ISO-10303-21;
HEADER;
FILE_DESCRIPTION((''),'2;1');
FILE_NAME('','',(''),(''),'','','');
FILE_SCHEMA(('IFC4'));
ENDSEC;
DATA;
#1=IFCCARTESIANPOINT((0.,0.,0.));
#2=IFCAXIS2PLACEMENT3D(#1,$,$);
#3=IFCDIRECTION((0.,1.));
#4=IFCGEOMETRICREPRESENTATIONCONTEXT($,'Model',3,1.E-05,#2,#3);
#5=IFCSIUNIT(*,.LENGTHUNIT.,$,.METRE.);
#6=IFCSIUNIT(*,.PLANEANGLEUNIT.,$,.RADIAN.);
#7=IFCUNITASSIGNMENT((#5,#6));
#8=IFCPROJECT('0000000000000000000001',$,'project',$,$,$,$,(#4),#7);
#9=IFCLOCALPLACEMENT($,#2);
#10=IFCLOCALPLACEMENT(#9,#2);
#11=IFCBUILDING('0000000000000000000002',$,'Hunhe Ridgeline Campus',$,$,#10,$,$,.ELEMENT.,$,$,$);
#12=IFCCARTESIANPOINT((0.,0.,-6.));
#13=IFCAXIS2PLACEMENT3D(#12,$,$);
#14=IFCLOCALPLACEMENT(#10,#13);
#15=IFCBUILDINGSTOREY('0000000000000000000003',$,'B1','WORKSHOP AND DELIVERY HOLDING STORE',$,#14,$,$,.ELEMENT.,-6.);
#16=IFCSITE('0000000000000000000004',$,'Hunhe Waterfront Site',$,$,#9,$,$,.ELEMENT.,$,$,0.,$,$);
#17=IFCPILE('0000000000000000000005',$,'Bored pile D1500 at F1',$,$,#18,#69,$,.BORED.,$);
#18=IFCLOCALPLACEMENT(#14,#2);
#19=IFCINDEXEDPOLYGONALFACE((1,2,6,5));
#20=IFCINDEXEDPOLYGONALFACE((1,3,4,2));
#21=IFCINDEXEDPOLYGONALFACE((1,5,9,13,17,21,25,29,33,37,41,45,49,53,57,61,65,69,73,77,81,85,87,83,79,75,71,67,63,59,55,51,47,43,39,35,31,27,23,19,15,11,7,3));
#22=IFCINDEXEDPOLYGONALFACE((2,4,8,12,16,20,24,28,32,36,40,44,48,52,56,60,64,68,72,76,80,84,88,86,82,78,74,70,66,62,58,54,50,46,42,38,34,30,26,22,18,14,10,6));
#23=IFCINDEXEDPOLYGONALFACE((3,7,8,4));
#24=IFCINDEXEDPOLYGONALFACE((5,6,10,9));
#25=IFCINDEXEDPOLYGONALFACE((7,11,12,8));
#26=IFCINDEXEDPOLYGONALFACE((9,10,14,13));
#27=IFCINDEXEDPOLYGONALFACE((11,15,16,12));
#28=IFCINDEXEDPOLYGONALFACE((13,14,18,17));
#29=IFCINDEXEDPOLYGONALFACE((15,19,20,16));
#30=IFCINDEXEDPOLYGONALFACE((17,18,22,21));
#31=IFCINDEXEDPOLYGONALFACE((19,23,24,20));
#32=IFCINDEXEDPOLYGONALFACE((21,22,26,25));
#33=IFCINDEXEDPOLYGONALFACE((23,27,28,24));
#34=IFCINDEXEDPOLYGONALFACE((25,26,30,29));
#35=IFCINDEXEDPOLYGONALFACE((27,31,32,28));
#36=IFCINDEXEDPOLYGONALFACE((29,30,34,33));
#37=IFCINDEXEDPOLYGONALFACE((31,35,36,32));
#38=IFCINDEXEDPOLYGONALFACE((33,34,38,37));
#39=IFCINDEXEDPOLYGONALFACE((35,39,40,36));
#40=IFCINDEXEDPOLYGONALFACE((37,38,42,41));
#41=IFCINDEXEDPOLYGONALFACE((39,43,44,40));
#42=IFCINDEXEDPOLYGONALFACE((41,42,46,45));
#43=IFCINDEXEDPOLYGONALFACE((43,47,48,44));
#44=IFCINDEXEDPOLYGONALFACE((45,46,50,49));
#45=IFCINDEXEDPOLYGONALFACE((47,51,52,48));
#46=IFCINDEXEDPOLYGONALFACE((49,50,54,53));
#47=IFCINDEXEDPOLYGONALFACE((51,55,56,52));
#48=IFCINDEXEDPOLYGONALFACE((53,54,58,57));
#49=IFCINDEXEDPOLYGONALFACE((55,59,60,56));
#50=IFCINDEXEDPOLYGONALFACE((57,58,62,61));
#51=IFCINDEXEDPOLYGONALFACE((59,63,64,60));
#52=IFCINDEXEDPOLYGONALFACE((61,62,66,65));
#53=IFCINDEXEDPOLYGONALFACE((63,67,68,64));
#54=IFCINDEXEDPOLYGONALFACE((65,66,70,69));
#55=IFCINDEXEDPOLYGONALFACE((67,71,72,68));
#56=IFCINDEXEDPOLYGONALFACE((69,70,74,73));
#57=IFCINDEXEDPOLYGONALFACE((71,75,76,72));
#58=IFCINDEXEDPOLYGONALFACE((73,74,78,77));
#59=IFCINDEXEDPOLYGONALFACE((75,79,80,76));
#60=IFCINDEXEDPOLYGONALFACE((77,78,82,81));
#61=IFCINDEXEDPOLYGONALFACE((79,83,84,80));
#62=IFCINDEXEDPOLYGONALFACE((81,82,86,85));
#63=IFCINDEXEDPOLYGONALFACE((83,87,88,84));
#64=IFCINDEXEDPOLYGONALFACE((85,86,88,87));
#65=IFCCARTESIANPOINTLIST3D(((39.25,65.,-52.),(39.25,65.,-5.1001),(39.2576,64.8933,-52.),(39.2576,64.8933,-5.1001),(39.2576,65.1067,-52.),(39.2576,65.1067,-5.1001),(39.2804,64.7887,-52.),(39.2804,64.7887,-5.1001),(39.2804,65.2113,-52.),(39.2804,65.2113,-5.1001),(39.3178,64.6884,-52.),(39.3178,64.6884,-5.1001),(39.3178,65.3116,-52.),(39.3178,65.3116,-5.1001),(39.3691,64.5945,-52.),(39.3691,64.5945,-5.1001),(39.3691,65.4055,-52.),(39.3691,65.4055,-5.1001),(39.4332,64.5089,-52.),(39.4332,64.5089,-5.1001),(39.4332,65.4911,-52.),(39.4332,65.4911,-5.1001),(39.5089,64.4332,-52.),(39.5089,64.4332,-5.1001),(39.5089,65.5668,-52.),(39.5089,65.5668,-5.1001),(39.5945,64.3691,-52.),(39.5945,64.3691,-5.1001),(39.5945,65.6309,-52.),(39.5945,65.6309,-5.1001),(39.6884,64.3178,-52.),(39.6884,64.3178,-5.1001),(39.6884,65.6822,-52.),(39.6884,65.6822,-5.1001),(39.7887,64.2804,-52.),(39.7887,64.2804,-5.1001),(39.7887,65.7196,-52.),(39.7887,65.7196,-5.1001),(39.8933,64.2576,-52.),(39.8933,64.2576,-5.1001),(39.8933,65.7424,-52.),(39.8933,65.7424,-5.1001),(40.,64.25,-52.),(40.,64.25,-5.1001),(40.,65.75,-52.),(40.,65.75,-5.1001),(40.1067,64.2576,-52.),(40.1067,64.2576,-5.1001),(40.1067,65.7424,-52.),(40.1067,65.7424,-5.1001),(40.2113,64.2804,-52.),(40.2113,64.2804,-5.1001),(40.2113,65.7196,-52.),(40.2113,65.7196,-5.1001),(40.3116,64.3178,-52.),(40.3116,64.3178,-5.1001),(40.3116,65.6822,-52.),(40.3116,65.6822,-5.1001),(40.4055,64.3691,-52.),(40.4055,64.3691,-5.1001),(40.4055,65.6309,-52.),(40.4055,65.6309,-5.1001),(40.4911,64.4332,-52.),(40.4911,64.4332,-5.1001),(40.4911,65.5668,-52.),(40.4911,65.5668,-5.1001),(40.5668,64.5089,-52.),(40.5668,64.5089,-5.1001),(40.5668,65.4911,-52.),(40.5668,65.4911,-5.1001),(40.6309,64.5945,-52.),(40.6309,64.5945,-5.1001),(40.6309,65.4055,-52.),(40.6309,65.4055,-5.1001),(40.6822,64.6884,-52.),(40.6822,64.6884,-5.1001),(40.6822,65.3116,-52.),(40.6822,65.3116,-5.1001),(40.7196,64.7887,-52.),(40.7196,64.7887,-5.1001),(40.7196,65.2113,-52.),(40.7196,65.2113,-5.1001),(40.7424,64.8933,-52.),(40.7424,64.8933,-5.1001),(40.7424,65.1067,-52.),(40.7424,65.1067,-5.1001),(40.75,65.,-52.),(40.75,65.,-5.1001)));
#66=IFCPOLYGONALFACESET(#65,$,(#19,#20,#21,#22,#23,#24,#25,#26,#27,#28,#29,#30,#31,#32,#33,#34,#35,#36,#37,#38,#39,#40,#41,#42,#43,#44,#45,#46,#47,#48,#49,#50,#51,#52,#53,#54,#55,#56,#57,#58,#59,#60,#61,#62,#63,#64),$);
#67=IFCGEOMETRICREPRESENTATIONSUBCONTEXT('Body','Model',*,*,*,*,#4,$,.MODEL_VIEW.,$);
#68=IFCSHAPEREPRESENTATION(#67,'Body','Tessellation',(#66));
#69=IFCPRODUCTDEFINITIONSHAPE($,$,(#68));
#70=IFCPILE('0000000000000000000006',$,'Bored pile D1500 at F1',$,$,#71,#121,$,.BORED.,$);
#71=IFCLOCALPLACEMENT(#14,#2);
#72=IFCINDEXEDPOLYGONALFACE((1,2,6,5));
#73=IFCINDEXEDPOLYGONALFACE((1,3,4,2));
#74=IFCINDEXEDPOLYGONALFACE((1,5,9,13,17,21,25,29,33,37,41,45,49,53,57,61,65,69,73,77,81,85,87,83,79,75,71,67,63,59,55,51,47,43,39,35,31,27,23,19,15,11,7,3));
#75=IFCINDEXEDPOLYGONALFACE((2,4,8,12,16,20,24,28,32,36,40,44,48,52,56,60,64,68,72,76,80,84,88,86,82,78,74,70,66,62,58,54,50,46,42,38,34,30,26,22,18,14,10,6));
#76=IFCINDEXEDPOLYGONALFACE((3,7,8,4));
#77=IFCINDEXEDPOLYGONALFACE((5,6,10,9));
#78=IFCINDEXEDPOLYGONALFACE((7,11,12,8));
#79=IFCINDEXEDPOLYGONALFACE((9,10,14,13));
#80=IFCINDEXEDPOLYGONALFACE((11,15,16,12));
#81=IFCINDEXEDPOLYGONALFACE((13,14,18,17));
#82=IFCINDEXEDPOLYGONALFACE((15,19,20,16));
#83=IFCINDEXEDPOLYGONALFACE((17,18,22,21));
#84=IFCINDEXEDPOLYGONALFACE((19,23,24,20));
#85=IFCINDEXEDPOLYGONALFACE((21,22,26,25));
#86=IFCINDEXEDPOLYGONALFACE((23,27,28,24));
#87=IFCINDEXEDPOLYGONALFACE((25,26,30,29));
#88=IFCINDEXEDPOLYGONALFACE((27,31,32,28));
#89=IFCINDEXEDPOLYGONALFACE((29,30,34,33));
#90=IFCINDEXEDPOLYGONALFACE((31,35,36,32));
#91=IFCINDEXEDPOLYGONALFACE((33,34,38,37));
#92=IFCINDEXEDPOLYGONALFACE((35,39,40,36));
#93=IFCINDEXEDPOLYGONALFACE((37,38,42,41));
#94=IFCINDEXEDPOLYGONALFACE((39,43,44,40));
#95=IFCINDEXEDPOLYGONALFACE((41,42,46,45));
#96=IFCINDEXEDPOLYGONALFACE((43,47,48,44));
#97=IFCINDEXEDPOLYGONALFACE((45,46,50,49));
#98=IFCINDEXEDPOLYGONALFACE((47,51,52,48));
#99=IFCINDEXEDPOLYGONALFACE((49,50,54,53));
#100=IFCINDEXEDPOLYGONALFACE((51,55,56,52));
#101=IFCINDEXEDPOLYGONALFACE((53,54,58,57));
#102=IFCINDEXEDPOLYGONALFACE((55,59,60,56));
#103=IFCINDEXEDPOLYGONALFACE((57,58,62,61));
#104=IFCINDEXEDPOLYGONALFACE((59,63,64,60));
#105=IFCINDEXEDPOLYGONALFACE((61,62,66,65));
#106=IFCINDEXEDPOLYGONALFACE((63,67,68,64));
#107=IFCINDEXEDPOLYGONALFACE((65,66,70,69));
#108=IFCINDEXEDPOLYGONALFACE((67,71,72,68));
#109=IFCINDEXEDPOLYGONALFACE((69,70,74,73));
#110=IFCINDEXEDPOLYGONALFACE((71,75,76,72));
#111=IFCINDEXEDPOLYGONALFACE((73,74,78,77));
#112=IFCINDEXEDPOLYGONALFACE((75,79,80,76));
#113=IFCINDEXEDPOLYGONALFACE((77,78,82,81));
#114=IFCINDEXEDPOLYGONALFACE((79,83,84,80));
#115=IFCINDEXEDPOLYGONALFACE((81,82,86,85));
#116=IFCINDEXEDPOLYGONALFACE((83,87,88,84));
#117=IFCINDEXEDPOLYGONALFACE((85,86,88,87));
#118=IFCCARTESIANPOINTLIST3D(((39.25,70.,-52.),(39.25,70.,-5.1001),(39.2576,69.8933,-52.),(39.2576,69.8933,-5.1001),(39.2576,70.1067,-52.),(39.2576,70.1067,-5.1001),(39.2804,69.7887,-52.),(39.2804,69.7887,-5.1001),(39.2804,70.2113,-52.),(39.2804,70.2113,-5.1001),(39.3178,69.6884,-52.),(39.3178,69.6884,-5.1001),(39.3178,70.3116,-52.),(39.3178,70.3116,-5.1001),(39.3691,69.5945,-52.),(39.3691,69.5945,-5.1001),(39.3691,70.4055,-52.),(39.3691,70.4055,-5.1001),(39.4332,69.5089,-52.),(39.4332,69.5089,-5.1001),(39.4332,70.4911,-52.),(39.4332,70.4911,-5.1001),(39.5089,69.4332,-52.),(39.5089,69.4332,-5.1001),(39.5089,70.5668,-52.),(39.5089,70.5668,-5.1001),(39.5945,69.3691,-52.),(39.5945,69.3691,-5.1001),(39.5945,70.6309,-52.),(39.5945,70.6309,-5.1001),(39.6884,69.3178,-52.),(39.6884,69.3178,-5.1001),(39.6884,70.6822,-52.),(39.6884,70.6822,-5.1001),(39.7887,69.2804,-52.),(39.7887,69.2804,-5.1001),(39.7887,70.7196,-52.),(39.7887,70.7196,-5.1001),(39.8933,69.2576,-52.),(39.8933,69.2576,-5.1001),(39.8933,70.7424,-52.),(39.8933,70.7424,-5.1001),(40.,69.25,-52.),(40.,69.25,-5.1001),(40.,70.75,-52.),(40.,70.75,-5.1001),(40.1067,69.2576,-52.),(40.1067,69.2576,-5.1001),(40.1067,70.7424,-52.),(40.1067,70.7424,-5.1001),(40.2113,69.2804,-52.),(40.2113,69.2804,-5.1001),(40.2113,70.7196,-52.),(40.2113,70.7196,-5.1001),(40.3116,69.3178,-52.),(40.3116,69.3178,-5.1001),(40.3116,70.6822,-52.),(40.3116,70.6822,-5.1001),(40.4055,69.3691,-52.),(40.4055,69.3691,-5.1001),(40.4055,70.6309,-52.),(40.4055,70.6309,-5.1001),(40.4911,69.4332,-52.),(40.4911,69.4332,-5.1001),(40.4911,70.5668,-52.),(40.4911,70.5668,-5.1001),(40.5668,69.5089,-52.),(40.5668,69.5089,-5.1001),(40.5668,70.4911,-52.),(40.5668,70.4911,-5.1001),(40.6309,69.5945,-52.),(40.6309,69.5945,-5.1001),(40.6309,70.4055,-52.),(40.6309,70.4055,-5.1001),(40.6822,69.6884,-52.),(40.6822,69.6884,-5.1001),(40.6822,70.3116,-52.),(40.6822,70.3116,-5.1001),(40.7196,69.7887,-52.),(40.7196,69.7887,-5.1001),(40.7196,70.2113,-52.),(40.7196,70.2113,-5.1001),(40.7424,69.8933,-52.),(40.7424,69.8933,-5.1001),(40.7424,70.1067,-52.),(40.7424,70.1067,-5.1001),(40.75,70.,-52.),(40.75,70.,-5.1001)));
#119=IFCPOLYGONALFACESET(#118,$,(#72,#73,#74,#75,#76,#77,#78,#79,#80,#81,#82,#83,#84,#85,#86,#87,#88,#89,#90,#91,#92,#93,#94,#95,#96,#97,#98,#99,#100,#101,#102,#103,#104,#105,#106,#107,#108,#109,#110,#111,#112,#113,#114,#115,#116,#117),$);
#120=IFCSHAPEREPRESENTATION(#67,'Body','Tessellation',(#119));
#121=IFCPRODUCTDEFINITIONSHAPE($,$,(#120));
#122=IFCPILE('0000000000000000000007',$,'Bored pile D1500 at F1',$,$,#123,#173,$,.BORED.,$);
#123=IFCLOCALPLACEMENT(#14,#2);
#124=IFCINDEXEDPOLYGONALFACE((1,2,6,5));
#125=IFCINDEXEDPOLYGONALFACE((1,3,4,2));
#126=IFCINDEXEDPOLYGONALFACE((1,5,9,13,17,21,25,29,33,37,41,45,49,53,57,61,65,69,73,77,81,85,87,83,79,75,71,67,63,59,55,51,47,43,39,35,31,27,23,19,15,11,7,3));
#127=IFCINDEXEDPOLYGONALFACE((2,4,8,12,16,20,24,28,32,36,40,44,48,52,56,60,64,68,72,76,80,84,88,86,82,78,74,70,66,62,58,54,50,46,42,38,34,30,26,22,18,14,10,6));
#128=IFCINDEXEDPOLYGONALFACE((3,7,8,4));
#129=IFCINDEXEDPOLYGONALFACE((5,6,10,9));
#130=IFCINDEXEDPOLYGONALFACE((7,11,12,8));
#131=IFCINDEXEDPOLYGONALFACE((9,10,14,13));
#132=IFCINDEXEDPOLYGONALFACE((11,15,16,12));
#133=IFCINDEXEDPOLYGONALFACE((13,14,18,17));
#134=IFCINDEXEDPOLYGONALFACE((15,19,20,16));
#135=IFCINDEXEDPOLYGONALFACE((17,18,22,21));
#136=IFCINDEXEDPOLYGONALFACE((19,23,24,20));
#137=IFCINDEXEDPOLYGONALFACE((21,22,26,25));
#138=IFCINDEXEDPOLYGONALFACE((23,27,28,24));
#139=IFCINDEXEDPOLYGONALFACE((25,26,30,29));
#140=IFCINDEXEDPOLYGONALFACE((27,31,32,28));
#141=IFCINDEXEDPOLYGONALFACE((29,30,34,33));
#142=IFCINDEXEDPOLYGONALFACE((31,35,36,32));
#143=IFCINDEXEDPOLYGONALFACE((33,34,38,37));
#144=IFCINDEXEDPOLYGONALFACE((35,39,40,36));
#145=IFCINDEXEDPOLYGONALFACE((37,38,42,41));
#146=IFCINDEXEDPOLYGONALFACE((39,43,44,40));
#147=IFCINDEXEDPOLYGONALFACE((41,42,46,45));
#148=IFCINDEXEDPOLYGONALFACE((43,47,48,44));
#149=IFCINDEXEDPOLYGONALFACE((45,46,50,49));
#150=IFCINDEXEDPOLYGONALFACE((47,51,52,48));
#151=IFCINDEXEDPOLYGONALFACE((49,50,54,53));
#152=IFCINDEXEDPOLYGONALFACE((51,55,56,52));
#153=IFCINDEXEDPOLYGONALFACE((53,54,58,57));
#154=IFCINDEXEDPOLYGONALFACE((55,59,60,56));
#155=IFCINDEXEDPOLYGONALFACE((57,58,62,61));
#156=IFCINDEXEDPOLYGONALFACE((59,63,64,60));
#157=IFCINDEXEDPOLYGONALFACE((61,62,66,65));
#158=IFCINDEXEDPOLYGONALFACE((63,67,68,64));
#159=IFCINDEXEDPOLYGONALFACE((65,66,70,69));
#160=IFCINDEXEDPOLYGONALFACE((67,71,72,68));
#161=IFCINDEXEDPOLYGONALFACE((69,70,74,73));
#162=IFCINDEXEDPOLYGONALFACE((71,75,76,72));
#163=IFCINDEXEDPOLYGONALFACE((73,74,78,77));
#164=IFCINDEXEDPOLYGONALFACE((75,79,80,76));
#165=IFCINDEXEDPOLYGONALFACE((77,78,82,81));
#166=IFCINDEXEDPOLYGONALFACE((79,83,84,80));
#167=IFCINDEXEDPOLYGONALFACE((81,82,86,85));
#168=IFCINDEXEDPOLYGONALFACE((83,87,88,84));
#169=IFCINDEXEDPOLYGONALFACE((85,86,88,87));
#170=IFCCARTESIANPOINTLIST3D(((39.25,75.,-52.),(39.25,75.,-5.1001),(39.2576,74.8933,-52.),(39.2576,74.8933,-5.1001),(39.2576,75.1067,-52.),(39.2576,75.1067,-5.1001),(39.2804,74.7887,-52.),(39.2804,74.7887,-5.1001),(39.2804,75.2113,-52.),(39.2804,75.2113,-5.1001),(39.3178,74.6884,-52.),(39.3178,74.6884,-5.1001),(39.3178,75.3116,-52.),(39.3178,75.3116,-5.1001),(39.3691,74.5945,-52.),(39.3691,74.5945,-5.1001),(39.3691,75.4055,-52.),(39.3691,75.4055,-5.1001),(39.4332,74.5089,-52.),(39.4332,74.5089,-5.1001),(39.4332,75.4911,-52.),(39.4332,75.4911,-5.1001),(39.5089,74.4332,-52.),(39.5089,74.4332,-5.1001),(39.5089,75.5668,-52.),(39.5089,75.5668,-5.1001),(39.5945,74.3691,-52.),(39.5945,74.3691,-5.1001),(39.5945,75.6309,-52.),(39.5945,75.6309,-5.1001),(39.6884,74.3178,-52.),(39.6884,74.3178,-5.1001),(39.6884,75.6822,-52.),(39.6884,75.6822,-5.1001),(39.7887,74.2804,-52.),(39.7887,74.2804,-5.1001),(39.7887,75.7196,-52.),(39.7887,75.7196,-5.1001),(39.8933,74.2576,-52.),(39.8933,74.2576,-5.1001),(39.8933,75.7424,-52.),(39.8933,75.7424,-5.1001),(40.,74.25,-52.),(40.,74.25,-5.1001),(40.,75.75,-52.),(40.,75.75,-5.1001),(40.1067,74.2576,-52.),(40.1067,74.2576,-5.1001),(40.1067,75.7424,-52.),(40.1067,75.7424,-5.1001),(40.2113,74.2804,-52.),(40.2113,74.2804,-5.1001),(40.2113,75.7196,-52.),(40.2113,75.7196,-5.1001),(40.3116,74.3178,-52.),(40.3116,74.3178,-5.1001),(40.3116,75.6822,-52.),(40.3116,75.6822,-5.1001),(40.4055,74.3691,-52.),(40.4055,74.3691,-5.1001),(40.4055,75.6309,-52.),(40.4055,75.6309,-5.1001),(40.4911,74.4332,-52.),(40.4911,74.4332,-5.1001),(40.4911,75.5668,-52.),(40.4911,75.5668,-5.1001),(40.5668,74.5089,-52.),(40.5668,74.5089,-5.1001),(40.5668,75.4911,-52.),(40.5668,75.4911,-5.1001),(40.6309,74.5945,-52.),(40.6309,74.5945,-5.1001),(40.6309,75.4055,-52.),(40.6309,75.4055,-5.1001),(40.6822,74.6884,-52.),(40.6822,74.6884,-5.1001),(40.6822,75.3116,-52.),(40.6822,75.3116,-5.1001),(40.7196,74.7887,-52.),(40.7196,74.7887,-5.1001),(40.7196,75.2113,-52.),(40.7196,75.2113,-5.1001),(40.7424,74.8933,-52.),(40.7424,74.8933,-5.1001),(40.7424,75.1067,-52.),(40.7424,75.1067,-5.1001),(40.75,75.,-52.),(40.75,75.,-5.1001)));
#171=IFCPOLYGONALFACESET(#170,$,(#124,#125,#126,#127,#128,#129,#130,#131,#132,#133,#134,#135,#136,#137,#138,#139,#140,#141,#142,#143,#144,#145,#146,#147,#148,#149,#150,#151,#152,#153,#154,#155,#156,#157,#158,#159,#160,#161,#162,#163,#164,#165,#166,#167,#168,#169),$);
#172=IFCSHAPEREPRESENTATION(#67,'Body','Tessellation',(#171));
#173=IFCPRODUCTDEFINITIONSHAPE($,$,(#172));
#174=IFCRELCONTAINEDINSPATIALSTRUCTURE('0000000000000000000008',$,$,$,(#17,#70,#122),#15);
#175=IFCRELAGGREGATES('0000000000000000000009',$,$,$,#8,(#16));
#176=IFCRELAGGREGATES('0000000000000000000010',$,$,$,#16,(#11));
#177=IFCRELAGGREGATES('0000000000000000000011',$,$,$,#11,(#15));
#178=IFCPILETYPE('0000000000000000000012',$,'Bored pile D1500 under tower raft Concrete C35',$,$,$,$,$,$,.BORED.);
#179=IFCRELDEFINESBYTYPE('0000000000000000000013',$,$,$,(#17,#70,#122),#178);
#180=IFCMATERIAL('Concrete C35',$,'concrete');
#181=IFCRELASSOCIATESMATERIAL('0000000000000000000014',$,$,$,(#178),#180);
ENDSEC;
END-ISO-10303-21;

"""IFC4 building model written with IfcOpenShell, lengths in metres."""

from ifc_helpers import new_model, si_unit, direction, frame, origin, origin_2d, place, context, subcontext, project, spatial, circle, extrude, material, material_profile, profile_set, type_object, element, save


model = new_model("IFC4")

# Units and contexts
model_context = context("Model", 3, precision=1e-05, world=origin(), true_north=direction((0.0, 1.0)))
body_context = subcontext(model_context, "Body", "Model", "MODEL_VIEW")
ifc_project = project(units=[si_unit("LENGTHUNIT", "METRE"), si_unit("PLANEANGLEUNIT", "RADIAN")], contexts=[model_context])

# Site, building, storey
site_placement = place(None, origin())
site = spatial("IfcSite", under=ifc_project, at=site_placement, Name="Hunhe Waterfront Site", CompositionType="ELEMENT", RefElevation=0.0)
building_placement = place(site_placement, origin())
building = spatial("IfcBuilding", under=site, at=building_placement, Name="Hunhe Ridgeline Campus", CompositionType="ELEMENT")
storey_placement = place(building_placement, frame((0.0, 0.0, -6.0)))
storey = spatial("IfcBuildingStorey", under=building, at=storey_placement, Name="B1", Description="WORKSHOP AND DELIVERY HOLDING STORE", CompositionType="ELEMENT", Elevation=-6.0)

# Piles
ifc_material_1 = material(Name="Concrete C35", Category="concrete")
ifc_material_profile_1 = material_profile(ifc_material_1, circle(Radius=0.75, at=origin_2d()))
ifc_profile_set_1 = profile_set([ifc_material_profile_1], Name="Concrete C35")
pile_type = type_object("IfcPileType", Name="Bored pile D1500 under tower raft Concrete C35", PredefinedType="BORED", material=ifc_profile_set_1)
for number, where, z_axis, x_axis, name in (
    (1, (40.0, 65.0, -5.1001), (0.0, 0.0, -1.0), (1.0, 0.0, 0.0), "Bored pile D1500 at F1"),
    (2, (40.0, 70.0, -5.1001), (0.0, 0.0, -1.0), (1.0, 0.0, 0.0), "Bored pile D1500 at F1"),
    (3, (40.0, 75.0, -5.1001), (0.0, 0.0, -1.0), (1.0, 0.0, 0.0), "Bored pile D1500 at F1"),
):
    element("IfcPile", number, at=place(storey_placement, frame(where, z_axis=z_axis, x_axis=x_axis)), inside=storey, type_object=pile_type, Name=name, PredefinedType="BORED", context=body_context, shape_type="SweptSolid", body=[
        extrude(circle(Radius=0.75, at=origin_2d()), origin(), (0.0, 0.0, 1.0), 46.8999),
    ])

save(model, "model.ifc")
